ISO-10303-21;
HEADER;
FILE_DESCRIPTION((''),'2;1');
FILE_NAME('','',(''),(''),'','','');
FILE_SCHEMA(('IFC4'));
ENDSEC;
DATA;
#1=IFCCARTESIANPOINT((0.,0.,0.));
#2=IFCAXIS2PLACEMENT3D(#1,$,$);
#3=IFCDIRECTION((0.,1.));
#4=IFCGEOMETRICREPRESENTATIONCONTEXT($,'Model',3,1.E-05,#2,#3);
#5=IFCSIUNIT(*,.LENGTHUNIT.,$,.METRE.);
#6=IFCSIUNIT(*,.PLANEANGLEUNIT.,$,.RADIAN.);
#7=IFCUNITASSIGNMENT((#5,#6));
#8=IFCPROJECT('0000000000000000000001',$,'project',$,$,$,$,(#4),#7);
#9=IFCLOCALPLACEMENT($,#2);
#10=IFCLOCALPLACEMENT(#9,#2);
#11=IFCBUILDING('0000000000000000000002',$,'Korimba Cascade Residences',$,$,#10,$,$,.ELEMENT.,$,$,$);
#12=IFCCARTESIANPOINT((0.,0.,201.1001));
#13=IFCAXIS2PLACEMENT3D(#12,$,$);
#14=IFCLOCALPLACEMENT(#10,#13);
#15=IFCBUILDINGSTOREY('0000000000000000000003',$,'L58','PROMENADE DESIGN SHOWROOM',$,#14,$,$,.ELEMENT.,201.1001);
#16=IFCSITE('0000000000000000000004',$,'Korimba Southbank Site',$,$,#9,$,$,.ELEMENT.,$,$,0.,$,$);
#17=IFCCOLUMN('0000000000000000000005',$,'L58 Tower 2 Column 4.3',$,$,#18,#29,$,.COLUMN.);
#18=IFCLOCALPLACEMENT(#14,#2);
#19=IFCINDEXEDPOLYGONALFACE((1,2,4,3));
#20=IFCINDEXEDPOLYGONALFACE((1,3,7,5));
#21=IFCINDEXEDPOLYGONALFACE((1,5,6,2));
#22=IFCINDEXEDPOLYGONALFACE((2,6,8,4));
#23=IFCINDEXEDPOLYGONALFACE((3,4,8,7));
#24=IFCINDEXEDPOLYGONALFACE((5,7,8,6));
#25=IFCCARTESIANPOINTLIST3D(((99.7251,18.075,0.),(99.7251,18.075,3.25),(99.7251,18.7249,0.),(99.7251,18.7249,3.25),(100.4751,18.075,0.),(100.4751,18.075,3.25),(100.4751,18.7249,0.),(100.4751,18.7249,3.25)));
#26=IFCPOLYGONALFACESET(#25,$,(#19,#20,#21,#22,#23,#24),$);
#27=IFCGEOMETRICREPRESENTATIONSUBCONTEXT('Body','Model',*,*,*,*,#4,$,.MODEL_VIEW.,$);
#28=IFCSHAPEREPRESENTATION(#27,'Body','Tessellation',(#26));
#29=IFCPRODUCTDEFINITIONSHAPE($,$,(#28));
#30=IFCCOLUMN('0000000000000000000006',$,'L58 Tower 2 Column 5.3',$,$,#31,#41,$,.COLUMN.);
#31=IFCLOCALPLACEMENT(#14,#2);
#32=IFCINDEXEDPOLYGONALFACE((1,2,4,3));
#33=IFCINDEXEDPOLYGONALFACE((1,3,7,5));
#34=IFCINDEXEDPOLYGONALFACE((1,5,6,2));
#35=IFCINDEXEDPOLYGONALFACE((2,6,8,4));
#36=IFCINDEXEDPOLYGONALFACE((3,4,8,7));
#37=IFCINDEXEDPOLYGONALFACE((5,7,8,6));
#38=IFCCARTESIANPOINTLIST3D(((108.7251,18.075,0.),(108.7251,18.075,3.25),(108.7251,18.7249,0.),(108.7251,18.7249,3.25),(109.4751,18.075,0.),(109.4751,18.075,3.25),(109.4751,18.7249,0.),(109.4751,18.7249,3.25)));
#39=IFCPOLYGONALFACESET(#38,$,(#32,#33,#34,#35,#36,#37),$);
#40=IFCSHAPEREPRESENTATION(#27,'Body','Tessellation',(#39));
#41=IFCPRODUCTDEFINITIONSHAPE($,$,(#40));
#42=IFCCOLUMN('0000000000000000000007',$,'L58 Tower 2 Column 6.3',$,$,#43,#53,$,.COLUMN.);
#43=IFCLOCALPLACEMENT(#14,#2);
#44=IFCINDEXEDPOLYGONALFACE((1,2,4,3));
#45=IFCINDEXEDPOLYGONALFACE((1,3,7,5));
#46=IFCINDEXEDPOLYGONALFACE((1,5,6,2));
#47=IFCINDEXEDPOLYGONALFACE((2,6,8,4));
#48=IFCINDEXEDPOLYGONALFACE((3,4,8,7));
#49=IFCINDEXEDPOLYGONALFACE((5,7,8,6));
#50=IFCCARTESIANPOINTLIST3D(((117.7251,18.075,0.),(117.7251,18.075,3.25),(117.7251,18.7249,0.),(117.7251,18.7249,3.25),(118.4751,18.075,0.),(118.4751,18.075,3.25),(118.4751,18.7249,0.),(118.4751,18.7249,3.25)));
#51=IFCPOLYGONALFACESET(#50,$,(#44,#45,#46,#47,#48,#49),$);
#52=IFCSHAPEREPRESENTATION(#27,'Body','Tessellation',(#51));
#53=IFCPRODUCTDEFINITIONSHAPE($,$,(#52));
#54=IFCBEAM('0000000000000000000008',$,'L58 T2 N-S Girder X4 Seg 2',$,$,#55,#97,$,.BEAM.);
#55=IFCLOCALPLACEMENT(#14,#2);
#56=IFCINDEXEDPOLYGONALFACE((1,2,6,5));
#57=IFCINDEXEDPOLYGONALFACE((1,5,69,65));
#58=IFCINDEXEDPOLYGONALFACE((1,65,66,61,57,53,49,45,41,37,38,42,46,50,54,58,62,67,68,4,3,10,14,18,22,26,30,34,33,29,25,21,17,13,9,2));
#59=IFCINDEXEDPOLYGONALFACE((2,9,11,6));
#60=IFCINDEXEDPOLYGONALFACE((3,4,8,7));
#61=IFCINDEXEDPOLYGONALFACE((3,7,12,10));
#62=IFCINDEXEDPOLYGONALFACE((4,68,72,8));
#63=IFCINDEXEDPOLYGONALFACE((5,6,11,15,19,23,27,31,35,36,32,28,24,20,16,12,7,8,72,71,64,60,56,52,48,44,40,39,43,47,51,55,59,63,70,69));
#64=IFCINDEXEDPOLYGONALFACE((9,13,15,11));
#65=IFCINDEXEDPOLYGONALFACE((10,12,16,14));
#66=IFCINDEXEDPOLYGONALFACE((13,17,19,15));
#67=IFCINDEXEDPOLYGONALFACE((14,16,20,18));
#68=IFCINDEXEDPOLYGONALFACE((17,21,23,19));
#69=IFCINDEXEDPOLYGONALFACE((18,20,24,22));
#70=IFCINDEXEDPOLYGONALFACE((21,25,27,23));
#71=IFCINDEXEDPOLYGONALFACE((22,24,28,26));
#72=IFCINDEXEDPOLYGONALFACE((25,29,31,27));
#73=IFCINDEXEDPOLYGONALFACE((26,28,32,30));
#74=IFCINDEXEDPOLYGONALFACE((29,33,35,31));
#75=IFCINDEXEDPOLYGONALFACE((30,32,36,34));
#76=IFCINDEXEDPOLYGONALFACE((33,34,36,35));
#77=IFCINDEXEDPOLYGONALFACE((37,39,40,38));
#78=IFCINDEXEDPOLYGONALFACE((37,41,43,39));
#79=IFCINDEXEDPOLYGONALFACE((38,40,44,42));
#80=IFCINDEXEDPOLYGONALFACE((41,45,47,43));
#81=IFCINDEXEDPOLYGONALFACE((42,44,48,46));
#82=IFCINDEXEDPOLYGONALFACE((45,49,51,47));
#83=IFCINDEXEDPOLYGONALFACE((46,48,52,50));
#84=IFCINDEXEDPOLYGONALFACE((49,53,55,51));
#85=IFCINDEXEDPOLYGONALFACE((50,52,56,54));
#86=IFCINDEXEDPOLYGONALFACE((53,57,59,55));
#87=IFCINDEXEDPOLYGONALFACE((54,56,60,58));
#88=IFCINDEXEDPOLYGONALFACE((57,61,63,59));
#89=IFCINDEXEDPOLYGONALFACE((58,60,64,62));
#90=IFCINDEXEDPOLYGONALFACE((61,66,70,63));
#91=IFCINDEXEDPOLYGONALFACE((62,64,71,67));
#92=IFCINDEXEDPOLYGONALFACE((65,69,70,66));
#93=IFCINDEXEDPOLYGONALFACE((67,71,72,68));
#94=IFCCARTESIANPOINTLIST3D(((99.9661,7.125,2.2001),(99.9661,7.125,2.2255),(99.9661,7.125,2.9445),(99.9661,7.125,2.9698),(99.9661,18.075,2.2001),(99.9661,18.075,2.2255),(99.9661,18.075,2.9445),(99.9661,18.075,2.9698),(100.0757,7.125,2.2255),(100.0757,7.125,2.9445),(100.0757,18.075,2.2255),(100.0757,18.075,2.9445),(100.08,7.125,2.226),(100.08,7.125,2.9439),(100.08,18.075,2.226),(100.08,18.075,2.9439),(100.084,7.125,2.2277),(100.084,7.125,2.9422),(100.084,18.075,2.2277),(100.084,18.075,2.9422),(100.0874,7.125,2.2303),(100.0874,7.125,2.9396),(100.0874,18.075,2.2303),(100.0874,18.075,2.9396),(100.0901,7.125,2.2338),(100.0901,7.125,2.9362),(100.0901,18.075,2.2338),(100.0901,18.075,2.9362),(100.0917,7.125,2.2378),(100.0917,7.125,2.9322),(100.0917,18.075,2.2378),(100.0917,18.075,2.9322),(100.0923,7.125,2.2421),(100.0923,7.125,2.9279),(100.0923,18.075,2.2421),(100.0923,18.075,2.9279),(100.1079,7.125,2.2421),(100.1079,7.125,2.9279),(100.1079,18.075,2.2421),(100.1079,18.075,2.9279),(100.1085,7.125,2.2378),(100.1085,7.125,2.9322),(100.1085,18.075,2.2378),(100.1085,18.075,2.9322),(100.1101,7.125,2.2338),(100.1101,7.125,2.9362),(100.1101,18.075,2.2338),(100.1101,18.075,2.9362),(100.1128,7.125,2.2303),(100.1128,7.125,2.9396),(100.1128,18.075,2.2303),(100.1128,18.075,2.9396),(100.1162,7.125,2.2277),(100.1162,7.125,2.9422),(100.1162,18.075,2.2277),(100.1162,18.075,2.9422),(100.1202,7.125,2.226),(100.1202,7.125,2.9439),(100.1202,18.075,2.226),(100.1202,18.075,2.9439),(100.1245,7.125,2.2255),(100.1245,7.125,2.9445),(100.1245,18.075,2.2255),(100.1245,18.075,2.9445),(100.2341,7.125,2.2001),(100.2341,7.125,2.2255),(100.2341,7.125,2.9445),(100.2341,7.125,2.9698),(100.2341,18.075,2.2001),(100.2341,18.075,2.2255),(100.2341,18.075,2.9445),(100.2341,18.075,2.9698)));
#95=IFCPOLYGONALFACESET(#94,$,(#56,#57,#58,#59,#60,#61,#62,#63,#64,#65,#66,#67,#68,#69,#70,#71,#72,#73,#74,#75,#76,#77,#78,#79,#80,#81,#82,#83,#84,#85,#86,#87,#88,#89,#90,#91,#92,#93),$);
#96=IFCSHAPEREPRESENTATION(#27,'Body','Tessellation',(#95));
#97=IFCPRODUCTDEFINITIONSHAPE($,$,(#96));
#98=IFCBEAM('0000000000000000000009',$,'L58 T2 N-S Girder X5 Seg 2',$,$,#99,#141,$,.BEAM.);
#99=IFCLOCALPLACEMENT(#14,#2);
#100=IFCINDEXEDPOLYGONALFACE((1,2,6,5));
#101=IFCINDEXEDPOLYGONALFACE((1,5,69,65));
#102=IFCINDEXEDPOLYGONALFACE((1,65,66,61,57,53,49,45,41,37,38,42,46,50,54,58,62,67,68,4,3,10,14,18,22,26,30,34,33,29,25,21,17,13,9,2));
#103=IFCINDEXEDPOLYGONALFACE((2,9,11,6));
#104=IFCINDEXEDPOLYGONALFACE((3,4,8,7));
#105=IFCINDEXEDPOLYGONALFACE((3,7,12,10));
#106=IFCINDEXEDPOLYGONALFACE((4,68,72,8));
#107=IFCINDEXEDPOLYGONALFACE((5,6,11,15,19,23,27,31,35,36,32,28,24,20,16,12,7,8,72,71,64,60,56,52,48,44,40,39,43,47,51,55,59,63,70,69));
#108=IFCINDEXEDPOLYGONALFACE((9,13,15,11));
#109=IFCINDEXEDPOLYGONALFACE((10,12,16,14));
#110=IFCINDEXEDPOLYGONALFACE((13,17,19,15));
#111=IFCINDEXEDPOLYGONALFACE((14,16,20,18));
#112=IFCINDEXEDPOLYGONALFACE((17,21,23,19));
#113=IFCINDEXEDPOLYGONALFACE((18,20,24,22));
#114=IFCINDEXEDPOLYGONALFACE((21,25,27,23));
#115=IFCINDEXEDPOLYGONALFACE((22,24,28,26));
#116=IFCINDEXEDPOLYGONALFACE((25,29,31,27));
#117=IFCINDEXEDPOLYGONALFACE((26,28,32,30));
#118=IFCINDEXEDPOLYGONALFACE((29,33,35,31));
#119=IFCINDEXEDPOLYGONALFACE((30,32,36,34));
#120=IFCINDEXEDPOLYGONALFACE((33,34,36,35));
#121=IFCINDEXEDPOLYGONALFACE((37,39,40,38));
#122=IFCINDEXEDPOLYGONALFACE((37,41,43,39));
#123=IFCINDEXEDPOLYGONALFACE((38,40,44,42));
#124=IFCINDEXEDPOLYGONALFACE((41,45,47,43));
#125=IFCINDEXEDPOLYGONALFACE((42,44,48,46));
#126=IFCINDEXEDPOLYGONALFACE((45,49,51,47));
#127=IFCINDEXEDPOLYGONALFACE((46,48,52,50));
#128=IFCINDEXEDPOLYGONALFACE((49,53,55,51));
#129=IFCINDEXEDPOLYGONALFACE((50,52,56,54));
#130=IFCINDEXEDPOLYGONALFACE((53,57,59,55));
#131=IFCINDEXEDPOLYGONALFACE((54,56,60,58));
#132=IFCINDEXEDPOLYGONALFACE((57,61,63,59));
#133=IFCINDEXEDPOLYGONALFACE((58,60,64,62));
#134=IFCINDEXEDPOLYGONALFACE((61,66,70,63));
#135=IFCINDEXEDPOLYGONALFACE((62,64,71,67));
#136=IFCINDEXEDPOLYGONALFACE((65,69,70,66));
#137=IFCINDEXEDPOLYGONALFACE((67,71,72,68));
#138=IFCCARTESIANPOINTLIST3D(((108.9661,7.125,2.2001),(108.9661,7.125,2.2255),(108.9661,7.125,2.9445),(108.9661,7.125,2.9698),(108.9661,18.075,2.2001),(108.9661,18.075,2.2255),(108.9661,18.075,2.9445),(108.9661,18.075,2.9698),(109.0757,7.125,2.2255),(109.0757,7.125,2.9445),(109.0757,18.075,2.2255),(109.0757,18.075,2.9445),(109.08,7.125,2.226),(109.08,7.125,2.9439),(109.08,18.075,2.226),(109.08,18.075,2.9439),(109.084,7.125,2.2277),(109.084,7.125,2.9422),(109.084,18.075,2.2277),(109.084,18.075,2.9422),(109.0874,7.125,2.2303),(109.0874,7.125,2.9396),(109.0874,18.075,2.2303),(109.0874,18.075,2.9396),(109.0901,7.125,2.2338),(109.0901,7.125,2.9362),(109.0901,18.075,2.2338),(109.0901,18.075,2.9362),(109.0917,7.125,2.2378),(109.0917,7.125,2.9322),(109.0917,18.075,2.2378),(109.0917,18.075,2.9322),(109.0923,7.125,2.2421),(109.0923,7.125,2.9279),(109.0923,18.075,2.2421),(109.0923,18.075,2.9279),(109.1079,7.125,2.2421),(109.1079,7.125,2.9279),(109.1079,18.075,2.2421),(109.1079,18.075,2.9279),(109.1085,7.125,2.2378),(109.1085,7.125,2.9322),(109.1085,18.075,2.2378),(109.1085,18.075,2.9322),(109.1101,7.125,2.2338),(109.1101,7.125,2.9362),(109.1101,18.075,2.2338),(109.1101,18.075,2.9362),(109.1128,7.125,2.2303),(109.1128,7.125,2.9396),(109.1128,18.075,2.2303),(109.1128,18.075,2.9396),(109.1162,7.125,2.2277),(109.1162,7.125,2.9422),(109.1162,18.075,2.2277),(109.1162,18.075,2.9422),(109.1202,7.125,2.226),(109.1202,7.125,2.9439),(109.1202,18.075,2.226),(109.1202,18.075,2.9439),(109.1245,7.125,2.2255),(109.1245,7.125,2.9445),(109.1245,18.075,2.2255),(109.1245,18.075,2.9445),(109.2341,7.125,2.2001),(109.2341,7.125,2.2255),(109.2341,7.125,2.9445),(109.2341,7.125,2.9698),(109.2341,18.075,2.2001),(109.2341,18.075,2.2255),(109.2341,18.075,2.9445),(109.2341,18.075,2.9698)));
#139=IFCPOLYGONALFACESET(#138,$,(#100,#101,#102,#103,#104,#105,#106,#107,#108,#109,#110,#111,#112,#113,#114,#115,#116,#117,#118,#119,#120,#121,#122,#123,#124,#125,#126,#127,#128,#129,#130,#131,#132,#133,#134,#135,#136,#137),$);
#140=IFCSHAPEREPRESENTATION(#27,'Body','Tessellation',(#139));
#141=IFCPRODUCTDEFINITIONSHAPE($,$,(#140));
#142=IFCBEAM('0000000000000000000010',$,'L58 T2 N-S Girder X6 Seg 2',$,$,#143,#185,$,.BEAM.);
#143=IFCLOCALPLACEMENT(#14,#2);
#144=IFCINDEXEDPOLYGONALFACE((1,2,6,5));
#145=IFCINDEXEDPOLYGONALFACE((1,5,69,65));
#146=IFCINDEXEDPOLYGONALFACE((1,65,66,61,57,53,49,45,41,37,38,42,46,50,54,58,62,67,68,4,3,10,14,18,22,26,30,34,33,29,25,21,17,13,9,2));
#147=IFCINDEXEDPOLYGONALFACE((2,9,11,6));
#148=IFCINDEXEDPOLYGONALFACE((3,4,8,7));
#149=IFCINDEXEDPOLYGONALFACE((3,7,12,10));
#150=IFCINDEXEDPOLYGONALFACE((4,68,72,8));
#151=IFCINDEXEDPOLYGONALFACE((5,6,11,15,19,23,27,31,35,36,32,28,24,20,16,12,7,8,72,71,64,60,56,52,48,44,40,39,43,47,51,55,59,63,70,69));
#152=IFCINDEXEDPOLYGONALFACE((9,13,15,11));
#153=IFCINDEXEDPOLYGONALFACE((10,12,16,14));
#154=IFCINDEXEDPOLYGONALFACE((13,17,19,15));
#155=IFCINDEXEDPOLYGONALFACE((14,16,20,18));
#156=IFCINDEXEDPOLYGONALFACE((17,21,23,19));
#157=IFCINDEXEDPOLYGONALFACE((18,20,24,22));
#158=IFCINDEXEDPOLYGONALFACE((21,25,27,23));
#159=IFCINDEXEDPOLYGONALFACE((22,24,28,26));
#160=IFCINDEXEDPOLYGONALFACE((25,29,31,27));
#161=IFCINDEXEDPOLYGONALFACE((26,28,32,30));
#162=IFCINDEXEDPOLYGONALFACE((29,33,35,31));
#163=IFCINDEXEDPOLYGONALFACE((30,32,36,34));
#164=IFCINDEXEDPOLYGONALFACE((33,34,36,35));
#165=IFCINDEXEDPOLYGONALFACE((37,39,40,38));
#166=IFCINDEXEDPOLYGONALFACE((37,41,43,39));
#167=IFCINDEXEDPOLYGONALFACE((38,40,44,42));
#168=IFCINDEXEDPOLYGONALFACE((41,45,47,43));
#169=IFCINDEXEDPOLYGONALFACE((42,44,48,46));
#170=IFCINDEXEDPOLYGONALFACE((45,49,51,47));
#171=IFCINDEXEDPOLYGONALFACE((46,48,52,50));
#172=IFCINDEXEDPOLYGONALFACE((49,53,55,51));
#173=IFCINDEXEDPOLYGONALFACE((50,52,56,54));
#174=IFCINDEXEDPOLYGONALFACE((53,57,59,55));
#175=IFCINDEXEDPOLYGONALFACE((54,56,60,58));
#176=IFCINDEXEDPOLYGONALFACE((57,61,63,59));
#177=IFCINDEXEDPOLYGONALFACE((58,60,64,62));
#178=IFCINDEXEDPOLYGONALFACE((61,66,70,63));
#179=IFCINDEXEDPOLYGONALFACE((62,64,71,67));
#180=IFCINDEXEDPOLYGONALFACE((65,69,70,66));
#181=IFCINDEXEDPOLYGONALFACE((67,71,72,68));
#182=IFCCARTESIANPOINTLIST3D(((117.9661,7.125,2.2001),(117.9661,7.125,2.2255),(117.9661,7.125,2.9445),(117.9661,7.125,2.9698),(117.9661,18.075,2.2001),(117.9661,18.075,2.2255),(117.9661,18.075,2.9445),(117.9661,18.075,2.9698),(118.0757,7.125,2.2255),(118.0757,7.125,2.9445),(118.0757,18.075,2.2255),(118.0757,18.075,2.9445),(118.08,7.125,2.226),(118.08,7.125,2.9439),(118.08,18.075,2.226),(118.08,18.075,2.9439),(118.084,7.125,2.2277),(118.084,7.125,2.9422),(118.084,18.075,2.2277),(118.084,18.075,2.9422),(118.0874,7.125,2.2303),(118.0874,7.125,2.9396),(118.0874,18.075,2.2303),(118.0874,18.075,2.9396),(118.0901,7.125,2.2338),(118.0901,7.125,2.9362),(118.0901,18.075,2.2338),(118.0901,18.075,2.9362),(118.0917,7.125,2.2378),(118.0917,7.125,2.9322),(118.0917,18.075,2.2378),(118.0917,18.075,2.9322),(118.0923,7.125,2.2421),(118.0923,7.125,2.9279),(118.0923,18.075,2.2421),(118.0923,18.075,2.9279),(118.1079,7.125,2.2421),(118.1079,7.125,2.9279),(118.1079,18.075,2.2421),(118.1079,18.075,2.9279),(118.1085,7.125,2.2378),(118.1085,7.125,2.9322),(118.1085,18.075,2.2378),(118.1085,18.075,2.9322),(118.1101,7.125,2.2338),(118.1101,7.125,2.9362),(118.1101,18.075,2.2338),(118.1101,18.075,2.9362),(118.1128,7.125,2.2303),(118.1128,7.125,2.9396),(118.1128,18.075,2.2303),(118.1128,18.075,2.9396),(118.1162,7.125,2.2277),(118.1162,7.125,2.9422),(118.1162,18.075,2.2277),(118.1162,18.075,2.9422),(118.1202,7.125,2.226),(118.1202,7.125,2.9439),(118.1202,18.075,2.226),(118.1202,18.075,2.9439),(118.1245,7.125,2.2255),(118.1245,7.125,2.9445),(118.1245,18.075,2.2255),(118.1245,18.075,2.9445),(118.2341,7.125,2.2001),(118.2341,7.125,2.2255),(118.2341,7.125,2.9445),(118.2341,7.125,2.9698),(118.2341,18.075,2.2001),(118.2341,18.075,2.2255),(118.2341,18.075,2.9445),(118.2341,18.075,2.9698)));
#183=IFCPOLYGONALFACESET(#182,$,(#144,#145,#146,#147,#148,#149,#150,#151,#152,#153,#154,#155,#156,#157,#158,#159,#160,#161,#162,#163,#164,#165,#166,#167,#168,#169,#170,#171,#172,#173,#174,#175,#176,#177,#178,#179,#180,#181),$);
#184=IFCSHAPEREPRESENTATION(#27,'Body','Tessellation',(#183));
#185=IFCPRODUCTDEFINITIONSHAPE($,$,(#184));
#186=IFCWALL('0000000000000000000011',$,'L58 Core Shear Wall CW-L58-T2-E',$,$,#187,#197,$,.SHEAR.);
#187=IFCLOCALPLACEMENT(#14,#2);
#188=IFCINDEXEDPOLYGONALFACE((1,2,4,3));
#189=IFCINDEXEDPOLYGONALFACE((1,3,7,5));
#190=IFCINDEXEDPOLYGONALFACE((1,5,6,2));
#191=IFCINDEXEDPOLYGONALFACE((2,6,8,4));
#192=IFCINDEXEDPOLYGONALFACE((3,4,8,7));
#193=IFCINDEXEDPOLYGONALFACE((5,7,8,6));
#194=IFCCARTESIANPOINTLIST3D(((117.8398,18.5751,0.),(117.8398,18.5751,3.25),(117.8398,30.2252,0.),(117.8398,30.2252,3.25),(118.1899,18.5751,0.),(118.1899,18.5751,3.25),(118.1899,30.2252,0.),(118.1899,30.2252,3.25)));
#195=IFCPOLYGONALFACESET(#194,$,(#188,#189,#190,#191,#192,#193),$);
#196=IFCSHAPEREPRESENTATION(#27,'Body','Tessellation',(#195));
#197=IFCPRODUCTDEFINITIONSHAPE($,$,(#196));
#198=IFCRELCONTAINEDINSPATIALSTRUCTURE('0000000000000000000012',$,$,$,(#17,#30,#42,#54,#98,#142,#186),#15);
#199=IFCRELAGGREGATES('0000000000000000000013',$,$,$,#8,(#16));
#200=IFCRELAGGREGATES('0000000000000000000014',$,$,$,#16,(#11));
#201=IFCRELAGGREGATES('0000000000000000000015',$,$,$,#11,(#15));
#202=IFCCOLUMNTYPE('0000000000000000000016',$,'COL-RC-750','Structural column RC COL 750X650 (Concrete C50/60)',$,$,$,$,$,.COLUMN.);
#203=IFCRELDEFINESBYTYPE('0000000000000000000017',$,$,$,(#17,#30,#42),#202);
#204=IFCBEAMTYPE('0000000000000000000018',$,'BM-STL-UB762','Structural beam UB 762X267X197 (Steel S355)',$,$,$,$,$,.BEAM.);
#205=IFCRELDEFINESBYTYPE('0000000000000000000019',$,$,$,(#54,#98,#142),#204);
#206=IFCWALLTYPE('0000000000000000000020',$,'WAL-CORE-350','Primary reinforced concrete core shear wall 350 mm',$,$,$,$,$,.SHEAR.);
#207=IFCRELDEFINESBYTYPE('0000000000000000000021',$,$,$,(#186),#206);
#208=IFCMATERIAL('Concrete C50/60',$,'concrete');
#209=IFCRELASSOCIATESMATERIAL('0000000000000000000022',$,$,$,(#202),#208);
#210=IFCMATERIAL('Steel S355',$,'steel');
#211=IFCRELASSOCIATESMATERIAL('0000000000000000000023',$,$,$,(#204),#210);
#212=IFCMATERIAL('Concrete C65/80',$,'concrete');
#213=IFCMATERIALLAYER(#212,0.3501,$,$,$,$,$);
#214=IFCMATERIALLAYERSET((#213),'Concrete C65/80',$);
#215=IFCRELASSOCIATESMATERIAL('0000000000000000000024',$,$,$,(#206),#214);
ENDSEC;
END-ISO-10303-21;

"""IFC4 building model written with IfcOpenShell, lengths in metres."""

from ifc_helpers import new_model, si_unit, direction, frame, frame_2d, origin, origin_2d, place, context, subcontext, project, spatial, rectangle, i_section, extrude, material, layer, layer_set, material_profile, profile_set, type_object, element, save


model = new_model("IFC4")

# Units and contexts
model_context = context("Model", 3, precision=1e-05, world=origin(), true_north=direction((0.0, 1.0)))
body_context = subcontext(model_context, "Body", "Model", "MODEL_VIEW")
ifc_project = project(units=[si_unit("LENGTHUNIT", "METRE"), si_unit("PLANEANGLEUNIT", "RADIAN")], contexts=[model_context])

# Site, building, storey
site_placement = place(None, origin())
site = spatial("IfcSite", under=ifc_project, at=site_placement, Name="Korimba Southbank Site", CompositionType="ELEMENT", RefElevation=0.0)
building_placement = place(site_placement, origin())
building = spatial("IfcBuilding", under=site, at=building_placement, Name="Korimba Cascade Residences", CompositionType="ELEMENT")
storey_placement = place(building_placement, frame((0.0, 0.0, 201.1001)))
storey = spatial("IfcBuildingStorey", under=building, at=storey_placement, Name="L58", Description="PROMENADE DESIGN SHOWROOM", CompositionType="ELEMENT", Elevation=201.1001)

# Columns
ifc_material_1 = material(Name="Concrete C50/60", Category="concrete")
ifc_material_profile_1 = material_profile(ifc_material_1, rectangle(XDim=0.75, YDim=0.6499, at=origin_2d()), Name="Concrete C50/60")
ifc_profile_set_1 = profile_set([ifc_material_profile_1], Name="Concrete C50/60")
column_type = type_object("IfcColumnType", Name="COL-RC-750", Description="Structural column RC COL 750X650 (Concrete C50/60)", PredefinedType="COLUMN", material=ifc_profile_set_1)
for number, where, z_axis, x_axis, name in (
    (1, (100.1001, 18.3999, 0.0), (0.0, 0.0, 1.0), (1.0, 0.0, 0.0), "L58 Tower 2 Column 4.3"),
    (2, (109.1001, 18.3999, 0.0), (0.0, 0.0, 1.0), (1.0, 0.0, 0.0), "L58 Tower 2 Column 5.3"),
    (3, (118.1001, 18.3999, 0.0), (0.0, 0.0, 1.0), (1.0, 0.0, 0.0), "L58 Tower 2 Column 6.3"),
):
    element("IfcColumn", number, at=place(storey_placement, frame(where, z_axis=z_axis, x_axis=x_axis)), inside=storey, type_object=column_type, Name=name, PredefinedType="COLUMN", context=body_context, shape_type="SweptSolid", body=[
        extrude(rectangle(XDim=0.75, YDim=0.6499, at=origin_2d()), origin(), (0.0, 0.0, 1.0), 3.25),
    ])

# Beams
ifc_material_2 = material(Name="Steel S355", Category="steel")
ifc_material_profile_2 = material_profile(ifc_material_2, i_section(OverallWidth=0.2681, OverallDepth=0.7698, WebThickness=0.0156, FlangeThickness=0.0254, FilletRadius=0.0166, at=origin_2d()), Name="Steel S355")
ifc_profile_set_2 = profile_set([ifc_material_profile_2], Name="Steel S355")
beam_type = type_object("IfcBeamType", Name="BM-STL-UB762", Description="Structural beam UB 762X267X197 (Steel S355)", PredefinedType="BEAM", material=ifc_profile_set_2)
for number, where, z_axis, x_axis, name in (
    (4, (100.1001, 7.125, 2.585), (0.0, 1.0, 0.0), (-1.0, 0.0, 0.0), "L58 T2 N-S Girder X4 Seg 2"),
    (5, (109.1001, 7.125, 2.585), (0.0, 1.0, 0.0), (-1.0, 0.0, 0.0), "L58 T2 N-S Girder X5 Seg 2"),
    (6, (118.1001, 7.125, 2.585), (0.0, 1.0, 0.0), (-1.0, 0.0, 0.0), "L58 T2 N-S Girder X6 Seg 2"),
):
    element("IfcBeam", number, at=place(storey_placement, frame(where, z_axis=z_axis, x_axis=x_axis)), inside=storey, type_object=beam_type, Name=name, PredefinedType="BEAM", context=body_context, shape_type="SweptSolid", body=[
        extrude(i_section(OverallWidth=0.2681, OverallDepth=0.7698, WebThickness=0.0156, FlangeThickness=0.0254, FilletRadius=0.0166, at=origin_2d()), origin(), (0.0, 0.0, 1.0), 10.95),
    ])

# Wall
ifc_material_3 = material(Name="Concrete C65/80", Category="concrete")
ifc_layer_1 = layer(ifc_material_3, 0.3501)
ifc_layer_set_1 = layer_set([ifc_layer_1], Name="Concrete C65/80")
wall_type_1 = type_object("IfcWallType", Name="WAL-CORE-350", Description="Primary reinforced concrete core shear wall 350 mm", PredefinedType="SHEAR", material=ifc_layer_set_1)
wall_1_placement = place(storey_placement, frame((118.0149, 18.575, 0.0), z_axis=(0.0, 0.0, 1.0), x_axis=(0.0, 1.0, 0.0)))
element("IfcWall", 7, at=wall_1_placement, inside=storey, type_object=wall_type_1, Name="L58 Core Shear Wall CW-L58-T2-E", PredefinedType="SHEAR", context=body_context, shape_type="SweptSolid", body=[
    extrude(rectangle(XDim=11.6501, YDim=0.3501, at=frame_2d((5.8252, 0.0))), origin(), (0.0, 0.0, 1.0), 3.25),
])

save(model, "model.ifc")
